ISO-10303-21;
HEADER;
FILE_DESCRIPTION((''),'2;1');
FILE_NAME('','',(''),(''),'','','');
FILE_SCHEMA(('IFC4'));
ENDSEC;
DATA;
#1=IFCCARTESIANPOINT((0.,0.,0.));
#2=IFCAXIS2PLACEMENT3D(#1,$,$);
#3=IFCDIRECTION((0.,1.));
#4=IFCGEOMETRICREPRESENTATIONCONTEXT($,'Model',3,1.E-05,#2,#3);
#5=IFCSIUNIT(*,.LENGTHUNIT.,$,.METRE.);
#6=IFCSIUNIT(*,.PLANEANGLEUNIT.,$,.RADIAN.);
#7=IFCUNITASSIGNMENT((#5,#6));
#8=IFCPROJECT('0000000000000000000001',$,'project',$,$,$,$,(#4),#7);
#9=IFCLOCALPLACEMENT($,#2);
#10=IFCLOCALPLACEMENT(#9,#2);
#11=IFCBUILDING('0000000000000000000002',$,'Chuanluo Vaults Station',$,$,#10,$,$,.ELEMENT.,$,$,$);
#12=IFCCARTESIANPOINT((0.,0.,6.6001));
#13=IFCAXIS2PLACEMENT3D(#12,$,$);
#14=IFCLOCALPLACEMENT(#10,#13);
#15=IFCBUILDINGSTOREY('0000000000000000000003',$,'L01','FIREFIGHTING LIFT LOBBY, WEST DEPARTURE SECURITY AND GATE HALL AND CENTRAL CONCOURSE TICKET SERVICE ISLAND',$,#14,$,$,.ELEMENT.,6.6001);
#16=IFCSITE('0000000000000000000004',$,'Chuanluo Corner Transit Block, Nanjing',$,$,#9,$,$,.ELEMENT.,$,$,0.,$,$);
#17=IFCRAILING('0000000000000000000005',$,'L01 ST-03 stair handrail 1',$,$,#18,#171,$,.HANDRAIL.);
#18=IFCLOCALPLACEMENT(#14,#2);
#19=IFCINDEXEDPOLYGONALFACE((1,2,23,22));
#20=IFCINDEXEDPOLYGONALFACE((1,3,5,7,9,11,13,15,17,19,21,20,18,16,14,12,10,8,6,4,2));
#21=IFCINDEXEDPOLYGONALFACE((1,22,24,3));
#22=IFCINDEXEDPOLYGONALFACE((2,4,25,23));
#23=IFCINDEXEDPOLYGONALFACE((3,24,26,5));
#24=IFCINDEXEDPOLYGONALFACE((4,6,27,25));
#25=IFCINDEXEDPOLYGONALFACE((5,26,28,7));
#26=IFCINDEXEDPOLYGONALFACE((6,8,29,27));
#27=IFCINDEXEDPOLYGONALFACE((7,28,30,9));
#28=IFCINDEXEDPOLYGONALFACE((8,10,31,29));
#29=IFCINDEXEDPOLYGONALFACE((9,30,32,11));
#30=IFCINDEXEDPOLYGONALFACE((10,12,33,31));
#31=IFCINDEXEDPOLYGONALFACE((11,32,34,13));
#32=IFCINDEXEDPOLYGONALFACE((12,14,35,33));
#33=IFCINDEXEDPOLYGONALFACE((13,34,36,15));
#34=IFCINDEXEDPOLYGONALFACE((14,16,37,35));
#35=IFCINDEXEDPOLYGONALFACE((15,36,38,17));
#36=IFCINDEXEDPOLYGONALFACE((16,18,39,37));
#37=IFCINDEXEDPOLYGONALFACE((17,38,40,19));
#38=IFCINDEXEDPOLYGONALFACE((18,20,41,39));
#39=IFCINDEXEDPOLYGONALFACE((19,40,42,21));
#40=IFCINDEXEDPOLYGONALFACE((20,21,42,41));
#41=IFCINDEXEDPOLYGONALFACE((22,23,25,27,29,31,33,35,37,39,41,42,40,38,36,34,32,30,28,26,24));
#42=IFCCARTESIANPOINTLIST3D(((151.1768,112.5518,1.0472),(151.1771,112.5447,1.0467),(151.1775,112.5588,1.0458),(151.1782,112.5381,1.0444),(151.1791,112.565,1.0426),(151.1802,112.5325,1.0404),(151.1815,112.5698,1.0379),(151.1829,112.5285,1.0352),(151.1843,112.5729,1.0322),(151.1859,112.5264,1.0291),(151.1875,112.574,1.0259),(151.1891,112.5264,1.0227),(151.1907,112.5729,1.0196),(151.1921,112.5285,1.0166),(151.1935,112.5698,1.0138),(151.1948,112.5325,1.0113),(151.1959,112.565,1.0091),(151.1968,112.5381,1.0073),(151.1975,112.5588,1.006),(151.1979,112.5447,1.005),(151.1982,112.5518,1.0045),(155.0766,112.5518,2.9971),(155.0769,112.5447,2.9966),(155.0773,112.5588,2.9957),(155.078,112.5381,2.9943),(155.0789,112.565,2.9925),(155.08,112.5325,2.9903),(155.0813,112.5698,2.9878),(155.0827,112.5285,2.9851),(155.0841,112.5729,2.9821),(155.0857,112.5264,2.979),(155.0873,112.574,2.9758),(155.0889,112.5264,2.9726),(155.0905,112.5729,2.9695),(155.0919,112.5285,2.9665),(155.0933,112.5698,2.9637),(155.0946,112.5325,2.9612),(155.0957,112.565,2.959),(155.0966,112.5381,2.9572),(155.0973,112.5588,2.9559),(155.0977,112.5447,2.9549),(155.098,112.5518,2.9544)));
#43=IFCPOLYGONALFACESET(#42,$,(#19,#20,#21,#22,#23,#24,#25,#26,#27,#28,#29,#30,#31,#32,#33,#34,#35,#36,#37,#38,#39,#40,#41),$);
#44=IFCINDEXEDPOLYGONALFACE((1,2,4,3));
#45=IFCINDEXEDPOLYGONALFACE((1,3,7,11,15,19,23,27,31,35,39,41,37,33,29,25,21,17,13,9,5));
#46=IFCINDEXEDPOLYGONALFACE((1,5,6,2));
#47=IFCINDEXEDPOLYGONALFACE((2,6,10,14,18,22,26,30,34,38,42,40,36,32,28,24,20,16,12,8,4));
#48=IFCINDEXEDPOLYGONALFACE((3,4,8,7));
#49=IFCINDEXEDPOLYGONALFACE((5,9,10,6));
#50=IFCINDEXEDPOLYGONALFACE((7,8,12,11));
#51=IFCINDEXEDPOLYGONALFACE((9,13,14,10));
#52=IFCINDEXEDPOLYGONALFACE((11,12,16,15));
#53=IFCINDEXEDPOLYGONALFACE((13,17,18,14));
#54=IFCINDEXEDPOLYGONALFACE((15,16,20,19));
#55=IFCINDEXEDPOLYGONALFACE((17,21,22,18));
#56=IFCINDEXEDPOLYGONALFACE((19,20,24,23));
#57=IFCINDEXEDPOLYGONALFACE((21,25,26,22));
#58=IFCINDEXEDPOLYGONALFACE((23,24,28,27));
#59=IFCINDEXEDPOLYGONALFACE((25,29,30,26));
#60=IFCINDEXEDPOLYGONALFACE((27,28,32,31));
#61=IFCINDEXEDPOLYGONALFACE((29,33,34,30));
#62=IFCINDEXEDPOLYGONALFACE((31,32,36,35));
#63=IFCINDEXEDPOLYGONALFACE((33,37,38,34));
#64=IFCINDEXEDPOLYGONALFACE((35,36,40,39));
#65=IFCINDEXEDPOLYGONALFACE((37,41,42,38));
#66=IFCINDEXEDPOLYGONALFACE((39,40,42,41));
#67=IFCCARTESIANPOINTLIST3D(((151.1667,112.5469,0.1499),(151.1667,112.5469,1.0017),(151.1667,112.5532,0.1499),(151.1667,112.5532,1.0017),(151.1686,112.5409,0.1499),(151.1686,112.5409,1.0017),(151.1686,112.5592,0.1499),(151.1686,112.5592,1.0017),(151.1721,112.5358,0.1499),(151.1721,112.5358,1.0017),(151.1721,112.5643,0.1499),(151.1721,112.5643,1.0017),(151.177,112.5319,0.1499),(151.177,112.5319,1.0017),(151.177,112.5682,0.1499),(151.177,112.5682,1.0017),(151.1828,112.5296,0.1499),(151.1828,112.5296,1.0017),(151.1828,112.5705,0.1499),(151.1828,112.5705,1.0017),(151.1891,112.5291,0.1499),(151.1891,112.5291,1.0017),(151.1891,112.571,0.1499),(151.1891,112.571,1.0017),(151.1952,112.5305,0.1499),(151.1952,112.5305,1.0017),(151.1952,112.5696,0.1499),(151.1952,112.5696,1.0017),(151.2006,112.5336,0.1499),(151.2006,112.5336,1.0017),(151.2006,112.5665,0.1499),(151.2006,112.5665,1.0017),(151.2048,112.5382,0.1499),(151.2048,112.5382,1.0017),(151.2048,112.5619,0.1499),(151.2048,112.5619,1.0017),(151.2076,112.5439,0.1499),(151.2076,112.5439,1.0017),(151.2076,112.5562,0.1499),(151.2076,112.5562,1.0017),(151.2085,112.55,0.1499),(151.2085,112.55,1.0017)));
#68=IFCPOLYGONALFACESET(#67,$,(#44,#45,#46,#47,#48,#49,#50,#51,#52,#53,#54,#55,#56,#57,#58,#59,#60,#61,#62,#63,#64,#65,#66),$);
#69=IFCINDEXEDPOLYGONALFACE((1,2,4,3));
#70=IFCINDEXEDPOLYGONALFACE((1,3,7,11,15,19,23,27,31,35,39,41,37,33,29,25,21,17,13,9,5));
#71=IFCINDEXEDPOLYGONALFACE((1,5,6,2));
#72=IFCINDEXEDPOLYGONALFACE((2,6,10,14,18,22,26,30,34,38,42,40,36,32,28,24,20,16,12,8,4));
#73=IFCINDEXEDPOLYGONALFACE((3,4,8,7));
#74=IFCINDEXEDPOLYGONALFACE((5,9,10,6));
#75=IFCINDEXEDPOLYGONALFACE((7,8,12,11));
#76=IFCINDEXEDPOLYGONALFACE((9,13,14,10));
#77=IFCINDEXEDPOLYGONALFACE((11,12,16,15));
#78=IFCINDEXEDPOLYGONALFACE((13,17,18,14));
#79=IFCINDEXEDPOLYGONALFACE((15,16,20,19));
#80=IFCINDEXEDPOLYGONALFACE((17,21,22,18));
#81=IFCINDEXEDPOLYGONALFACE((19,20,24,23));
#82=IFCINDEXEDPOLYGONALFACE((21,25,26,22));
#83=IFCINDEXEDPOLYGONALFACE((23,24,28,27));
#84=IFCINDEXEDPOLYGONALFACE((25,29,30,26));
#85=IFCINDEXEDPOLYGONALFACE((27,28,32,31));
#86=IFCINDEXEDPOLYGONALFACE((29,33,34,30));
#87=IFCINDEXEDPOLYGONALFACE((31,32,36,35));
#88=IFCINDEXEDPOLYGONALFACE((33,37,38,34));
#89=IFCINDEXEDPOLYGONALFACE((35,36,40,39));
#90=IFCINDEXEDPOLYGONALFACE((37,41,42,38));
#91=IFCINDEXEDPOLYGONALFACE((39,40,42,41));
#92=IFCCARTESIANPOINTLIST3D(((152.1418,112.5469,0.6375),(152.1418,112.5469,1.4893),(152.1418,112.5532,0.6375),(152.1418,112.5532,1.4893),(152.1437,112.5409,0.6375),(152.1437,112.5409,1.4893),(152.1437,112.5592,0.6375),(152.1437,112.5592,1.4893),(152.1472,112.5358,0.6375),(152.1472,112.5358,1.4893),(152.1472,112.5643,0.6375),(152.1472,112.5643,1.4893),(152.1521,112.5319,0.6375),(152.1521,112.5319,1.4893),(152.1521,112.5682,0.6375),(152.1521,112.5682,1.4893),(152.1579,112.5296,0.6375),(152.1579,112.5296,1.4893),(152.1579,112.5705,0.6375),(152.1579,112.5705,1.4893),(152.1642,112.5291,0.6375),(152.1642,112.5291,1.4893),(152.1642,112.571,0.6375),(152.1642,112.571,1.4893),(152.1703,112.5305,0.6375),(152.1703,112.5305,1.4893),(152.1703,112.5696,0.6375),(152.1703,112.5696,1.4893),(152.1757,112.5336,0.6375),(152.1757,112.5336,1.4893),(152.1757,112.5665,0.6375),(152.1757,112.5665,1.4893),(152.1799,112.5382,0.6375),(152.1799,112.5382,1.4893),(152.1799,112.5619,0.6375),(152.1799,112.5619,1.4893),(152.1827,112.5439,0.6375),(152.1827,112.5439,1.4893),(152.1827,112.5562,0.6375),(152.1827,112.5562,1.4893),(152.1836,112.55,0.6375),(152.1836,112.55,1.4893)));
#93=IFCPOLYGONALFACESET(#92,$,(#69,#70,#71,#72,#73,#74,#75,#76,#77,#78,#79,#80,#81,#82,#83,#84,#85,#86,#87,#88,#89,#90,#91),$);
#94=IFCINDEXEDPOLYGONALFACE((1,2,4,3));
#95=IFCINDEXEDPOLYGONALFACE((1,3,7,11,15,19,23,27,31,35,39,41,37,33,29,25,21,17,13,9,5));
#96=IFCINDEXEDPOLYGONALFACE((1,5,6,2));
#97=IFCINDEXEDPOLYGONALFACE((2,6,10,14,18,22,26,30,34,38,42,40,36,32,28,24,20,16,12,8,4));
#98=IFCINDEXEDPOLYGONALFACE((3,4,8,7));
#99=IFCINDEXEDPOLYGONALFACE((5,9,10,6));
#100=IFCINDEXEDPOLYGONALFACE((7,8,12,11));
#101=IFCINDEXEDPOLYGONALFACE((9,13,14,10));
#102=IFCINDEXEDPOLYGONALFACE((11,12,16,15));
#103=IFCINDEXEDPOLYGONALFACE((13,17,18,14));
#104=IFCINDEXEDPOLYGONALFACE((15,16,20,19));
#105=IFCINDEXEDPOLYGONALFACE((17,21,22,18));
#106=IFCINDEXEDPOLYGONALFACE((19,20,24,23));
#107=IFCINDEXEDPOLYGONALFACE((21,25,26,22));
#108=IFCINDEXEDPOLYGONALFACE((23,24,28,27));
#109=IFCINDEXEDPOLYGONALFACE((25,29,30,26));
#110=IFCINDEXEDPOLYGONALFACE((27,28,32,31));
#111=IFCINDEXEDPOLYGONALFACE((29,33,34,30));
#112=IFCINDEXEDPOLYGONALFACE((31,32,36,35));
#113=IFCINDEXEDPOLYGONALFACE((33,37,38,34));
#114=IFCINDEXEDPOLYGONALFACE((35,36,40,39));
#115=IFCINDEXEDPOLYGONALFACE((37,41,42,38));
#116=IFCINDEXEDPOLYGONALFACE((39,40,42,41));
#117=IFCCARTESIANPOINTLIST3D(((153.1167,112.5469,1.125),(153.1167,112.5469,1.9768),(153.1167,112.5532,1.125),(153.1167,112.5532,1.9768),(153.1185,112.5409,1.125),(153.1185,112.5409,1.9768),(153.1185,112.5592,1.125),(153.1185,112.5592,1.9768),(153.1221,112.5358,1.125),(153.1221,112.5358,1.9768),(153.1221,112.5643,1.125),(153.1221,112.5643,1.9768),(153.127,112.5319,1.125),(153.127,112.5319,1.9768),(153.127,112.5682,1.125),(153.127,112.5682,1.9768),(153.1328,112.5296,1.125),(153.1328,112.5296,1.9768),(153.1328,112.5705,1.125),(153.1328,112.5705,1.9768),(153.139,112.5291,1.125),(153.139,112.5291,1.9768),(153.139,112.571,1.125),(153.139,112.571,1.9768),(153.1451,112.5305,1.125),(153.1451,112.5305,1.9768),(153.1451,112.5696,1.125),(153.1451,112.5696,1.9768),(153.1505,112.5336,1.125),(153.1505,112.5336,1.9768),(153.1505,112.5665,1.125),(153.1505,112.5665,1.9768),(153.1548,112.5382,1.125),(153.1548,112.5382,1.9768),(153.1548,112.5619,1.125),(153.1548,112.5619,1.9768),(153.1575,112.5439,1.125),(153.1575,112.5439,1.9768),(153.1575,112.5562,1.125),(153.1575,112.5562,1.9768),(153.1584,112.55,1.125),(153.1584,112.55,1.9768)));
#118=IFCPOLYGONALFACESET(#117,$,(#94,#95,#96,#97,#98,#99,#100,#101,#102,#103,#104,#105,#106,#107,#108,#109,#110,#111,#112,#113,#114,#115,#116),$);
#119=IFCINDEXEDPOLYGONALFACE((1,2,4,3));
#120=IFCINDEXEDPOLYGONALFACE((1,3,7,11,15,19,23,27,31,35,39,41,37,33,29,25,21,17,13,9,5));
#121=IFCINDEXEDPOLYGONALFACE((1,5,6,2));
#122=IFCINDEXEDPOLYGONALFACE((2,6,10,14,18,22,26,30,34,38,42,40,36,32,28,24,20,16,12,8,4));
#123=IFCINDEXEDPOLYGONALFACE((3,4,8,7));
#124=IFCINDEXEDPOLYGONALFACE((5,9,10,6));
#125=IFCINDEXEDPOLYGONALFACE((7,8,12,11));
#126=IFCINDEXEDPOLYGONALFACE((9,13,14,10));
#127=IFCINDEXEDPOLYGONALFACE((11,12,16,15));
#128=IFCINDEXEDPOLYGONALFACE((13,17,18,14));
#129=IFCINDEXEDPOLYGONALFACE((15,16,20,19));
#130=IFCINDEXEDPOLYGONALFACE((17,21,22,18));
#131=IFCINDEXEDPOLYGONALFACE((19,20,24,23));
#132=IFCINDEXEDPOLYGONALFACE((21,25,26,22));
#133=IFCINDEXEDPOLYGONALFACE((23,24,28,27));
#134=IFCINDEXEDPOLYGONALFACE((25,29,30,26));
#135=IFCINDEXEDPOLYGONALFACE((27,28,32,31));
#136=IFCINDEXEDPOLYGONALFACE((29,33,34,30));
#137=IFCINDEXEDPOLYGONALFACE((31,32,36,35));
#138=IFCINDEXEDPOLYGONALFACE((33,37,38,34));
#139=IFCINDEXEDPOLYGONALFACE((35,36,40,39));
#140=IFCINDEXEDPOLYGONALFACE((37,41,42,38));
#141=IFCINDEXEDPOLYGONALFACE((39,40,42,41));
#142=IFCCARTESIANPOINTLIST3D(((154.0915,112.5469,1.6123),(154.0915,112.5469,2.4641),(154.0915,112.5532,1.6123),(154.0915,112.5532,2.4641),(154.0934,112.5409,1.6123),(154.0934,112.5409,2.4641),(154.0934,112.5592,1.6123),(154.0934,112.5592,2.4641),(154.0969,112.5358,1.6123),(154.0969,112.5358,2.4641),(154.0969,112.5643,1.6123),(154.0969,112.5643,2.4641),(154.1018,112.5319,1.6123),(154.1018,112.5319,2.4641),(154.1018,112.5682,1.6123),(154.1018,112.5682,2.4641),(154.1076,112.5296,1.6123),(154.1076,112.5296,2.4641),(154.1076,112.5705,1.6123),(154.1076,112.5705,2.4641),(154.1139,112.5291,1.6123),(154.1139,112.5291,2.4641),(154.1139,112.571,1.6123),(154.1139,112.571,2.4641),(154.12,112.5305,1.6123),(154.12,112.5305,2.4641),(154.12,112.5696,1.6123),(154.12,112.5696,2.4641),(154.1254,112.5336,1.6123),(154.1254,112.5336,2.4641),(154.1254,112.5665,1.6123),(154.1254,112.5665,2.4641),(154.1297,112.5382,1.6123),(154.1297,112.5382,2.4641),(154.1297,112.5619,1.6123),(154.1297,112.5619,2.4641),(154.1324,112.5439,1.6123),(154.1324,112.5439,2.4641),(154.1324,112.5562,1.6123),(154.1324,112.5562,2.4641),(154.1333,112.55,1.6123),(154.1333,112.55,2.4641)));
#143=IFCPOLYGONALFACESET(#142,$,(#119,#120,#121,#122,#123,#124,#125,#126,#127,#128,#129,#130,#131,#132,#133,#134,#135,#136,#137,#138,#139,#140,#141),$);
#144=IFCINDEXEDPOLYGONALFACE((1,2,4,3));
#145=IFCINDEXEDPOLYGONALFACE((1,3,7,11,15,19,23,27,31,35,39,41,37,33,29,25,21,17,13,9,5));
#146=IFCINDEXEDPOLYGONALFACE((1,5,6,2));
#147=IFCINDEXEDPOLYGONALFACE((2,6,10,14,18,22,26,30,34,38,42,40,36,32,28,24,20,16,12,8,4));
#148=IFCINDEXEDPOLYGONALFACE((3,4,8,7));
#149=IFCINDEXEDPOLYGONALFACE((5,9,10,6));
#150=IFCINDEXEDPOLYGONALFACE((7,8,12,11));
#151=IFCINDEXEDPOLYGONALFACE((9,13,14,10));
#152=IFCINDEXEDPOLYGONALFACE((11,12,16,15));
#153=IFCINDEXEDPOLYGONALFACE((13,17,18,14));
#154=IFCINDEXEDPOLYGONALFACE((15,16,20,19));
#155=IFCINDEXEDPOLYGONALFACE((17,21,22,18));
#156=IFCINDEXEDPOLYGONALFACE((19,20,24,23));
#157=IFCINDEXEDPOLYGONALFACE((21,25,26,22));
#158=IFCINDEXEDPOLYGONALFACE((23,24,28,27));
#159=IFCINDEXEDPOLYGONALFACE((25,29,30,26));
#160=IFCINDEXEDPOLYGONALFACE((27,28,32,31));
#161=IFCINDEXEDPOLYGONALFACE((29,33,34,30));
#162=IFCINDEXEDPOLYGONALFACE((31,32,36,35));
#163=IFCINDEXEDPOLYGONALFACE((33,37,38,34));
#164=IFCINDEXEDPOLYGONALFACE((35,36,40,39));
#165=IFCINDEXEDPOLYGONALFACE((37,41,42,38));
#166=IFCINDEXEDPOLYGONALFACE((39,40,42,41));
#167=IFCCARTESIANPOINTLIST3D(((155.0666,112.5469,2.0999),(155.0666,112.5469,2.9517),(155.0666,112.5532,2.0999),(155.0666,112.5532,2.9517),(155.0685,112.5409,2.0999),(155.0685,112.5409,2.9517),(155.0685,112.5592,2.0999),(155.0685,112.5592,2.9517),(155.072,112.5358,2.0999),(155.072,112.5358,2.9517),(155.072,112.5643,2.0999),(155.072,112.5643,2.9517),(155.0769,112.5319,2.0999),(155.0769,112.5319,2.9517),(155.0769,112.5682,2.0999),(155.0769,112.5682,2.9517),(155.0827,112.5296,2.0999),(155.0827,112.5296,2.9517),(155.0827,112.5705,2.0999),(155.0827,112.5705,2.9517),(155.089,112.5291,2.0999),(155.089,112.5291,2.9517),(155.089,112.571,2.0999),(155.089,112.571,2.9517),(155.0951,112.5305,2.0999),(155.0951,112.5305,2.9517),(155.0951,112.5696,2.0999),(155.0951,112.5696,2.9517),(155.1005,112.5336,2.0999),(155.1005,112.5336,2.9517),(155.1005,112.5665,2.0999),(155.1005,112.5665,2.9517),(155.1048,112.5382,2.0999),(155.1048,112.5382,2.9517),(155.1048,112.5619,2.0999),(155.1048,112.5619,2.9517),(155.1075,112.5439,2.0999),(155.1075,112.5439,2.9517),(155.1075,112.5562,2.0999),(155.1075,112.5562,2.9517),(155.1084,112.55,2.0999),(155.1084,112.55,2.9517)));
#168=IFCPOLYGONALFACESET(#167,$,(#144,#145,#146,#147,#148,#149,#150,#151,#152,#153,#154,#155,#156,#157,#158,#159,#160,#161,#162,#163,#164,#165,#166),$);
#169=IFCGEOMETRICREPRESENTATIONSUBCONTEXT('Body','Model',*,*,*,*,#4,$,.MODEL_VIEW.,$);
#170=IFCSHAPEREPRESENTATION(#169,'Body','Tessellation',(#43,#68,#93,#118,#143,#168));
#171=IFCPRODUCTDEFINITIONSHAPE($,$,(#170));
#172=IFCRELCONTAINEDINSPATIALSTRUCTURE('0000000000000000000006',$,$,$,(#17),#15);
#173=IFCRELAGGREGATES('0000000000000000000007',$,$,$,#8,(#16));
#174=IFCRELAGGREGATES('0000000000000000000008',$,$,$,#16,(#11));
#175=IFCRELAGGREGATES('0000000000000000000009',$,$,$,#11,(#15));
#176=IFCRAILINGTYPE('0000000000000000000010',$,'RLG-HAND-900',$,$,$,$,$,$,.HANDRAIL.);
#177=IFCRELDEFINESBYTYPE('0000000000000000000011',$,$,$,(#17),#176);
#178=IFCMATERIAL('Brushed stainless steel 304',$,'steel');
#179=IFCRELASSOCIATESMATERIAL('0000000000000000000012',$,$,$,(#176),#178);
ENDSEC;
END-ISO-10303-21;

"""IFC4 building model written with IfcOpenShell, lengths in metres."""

from ifc_helpers import new_model, si_unit, direction, frame, origin, origin_2d, place, context, subcontext, project, spatial, circle, extrude, material, type_object, element, save


model = new_model("IFC4")

# Units and contexts
model_context = context("Model", 3, precision=1e-05, world=origin(), true_north=direction((0.0, 1.0)))
body_context = subcontext(model_context, "Body", "Model", "MODEL_VIEW")
ifc_project = project(units=[si_unit("LENGTHUNIT", "METRE"), si_unit("PLANEANGLEUNIT", "RADIAN")], contexts=[model_context])

# Site, building, storey
site_placement = place(None, origin())
site = spatial("IfcSite", under=ifc_project, at=site_placement, Name="Chuanluo Corner Transit Block, Nanjing", CompositionType="ELEMENT", RefElevation=0.0)
building_placement = place(site_placement, origin())
building = spatial("IfcBuilding", under=site, at=building_placement, Name="Chuanluo Vaults Station", CompositionType="ELEMENT")
storey_placement = place(building_placement, frame((0.0, 0.0, 6.6001)))
storey = spatial("IfcBuildingStorey", under=building, at=storey_placement, Name="L01", Description="FIREFIGHTING LIFT LOBBY, WEST DEPARTURE SECURITY AND GATE HALL AND CENTRAL CONCOURSE TICKET SERVICE ISLAND", CompositionType="ELEMENT", Elevation=6.6001)

# Railing
ifc_material_1 = material(Name="Brushed stainless steel 304", Category="steel")
railing_type_1 = type_object("IfcRailingType", Name="RLG-HAND-900", PredefinedType="HANDRAIL", material=ifc_material_1)
railing_1_placement = place(storey_placement, frame((151.1875, 112.55, 0.1499)))
element("IfcRailing", 1, at=railing_1_placement, inside=storey, type_object=railing_type_1, Name="L01 ST-03 stair handrail 1", PredefinedType="HANDRAIL", context=body_context, shape_type="SweptSolid", body=[
    extrude(circle(Radius=0.0239, at=origin_2d()), frame((0.0, 0.0, 0.876), z_axis=(0.894427, 0.0, 0.447214), x_axis=(0.0, 1.0, 0.0)), (0.0, 0.0, 1.0), 4.3601),
    extrude(circle(Radius=0.021, at=origin_2d()), origin(), (0.0, 0.0, 1.0), 0.8518),
    extrude(circle(Radius=0.021, at=origin_2d()), frame((0.9751, 0.0, 0.4875)), (0.0, 0.0, 1.0), 0.8518),
    extrude(circle(Radius=0.021, at=origin_2d()), frame((1.95, 0.0, 0.9751)), (0.0, 0.0, 1.0), 0.8518),
    extrude(circle(Radius=0.021, at=origin_2d()), frame((2.9248, 0.0, 1.4624)), (0.0, 0.0, 1.0), 0.8518),
    extrude(circle(Radius=0.021, at=origin_2d()), frame((3.8999, 0.0, 1.95)), (0.0, 0.0, 1.0), 0.8518),
])

save(model, "model.ifc")
